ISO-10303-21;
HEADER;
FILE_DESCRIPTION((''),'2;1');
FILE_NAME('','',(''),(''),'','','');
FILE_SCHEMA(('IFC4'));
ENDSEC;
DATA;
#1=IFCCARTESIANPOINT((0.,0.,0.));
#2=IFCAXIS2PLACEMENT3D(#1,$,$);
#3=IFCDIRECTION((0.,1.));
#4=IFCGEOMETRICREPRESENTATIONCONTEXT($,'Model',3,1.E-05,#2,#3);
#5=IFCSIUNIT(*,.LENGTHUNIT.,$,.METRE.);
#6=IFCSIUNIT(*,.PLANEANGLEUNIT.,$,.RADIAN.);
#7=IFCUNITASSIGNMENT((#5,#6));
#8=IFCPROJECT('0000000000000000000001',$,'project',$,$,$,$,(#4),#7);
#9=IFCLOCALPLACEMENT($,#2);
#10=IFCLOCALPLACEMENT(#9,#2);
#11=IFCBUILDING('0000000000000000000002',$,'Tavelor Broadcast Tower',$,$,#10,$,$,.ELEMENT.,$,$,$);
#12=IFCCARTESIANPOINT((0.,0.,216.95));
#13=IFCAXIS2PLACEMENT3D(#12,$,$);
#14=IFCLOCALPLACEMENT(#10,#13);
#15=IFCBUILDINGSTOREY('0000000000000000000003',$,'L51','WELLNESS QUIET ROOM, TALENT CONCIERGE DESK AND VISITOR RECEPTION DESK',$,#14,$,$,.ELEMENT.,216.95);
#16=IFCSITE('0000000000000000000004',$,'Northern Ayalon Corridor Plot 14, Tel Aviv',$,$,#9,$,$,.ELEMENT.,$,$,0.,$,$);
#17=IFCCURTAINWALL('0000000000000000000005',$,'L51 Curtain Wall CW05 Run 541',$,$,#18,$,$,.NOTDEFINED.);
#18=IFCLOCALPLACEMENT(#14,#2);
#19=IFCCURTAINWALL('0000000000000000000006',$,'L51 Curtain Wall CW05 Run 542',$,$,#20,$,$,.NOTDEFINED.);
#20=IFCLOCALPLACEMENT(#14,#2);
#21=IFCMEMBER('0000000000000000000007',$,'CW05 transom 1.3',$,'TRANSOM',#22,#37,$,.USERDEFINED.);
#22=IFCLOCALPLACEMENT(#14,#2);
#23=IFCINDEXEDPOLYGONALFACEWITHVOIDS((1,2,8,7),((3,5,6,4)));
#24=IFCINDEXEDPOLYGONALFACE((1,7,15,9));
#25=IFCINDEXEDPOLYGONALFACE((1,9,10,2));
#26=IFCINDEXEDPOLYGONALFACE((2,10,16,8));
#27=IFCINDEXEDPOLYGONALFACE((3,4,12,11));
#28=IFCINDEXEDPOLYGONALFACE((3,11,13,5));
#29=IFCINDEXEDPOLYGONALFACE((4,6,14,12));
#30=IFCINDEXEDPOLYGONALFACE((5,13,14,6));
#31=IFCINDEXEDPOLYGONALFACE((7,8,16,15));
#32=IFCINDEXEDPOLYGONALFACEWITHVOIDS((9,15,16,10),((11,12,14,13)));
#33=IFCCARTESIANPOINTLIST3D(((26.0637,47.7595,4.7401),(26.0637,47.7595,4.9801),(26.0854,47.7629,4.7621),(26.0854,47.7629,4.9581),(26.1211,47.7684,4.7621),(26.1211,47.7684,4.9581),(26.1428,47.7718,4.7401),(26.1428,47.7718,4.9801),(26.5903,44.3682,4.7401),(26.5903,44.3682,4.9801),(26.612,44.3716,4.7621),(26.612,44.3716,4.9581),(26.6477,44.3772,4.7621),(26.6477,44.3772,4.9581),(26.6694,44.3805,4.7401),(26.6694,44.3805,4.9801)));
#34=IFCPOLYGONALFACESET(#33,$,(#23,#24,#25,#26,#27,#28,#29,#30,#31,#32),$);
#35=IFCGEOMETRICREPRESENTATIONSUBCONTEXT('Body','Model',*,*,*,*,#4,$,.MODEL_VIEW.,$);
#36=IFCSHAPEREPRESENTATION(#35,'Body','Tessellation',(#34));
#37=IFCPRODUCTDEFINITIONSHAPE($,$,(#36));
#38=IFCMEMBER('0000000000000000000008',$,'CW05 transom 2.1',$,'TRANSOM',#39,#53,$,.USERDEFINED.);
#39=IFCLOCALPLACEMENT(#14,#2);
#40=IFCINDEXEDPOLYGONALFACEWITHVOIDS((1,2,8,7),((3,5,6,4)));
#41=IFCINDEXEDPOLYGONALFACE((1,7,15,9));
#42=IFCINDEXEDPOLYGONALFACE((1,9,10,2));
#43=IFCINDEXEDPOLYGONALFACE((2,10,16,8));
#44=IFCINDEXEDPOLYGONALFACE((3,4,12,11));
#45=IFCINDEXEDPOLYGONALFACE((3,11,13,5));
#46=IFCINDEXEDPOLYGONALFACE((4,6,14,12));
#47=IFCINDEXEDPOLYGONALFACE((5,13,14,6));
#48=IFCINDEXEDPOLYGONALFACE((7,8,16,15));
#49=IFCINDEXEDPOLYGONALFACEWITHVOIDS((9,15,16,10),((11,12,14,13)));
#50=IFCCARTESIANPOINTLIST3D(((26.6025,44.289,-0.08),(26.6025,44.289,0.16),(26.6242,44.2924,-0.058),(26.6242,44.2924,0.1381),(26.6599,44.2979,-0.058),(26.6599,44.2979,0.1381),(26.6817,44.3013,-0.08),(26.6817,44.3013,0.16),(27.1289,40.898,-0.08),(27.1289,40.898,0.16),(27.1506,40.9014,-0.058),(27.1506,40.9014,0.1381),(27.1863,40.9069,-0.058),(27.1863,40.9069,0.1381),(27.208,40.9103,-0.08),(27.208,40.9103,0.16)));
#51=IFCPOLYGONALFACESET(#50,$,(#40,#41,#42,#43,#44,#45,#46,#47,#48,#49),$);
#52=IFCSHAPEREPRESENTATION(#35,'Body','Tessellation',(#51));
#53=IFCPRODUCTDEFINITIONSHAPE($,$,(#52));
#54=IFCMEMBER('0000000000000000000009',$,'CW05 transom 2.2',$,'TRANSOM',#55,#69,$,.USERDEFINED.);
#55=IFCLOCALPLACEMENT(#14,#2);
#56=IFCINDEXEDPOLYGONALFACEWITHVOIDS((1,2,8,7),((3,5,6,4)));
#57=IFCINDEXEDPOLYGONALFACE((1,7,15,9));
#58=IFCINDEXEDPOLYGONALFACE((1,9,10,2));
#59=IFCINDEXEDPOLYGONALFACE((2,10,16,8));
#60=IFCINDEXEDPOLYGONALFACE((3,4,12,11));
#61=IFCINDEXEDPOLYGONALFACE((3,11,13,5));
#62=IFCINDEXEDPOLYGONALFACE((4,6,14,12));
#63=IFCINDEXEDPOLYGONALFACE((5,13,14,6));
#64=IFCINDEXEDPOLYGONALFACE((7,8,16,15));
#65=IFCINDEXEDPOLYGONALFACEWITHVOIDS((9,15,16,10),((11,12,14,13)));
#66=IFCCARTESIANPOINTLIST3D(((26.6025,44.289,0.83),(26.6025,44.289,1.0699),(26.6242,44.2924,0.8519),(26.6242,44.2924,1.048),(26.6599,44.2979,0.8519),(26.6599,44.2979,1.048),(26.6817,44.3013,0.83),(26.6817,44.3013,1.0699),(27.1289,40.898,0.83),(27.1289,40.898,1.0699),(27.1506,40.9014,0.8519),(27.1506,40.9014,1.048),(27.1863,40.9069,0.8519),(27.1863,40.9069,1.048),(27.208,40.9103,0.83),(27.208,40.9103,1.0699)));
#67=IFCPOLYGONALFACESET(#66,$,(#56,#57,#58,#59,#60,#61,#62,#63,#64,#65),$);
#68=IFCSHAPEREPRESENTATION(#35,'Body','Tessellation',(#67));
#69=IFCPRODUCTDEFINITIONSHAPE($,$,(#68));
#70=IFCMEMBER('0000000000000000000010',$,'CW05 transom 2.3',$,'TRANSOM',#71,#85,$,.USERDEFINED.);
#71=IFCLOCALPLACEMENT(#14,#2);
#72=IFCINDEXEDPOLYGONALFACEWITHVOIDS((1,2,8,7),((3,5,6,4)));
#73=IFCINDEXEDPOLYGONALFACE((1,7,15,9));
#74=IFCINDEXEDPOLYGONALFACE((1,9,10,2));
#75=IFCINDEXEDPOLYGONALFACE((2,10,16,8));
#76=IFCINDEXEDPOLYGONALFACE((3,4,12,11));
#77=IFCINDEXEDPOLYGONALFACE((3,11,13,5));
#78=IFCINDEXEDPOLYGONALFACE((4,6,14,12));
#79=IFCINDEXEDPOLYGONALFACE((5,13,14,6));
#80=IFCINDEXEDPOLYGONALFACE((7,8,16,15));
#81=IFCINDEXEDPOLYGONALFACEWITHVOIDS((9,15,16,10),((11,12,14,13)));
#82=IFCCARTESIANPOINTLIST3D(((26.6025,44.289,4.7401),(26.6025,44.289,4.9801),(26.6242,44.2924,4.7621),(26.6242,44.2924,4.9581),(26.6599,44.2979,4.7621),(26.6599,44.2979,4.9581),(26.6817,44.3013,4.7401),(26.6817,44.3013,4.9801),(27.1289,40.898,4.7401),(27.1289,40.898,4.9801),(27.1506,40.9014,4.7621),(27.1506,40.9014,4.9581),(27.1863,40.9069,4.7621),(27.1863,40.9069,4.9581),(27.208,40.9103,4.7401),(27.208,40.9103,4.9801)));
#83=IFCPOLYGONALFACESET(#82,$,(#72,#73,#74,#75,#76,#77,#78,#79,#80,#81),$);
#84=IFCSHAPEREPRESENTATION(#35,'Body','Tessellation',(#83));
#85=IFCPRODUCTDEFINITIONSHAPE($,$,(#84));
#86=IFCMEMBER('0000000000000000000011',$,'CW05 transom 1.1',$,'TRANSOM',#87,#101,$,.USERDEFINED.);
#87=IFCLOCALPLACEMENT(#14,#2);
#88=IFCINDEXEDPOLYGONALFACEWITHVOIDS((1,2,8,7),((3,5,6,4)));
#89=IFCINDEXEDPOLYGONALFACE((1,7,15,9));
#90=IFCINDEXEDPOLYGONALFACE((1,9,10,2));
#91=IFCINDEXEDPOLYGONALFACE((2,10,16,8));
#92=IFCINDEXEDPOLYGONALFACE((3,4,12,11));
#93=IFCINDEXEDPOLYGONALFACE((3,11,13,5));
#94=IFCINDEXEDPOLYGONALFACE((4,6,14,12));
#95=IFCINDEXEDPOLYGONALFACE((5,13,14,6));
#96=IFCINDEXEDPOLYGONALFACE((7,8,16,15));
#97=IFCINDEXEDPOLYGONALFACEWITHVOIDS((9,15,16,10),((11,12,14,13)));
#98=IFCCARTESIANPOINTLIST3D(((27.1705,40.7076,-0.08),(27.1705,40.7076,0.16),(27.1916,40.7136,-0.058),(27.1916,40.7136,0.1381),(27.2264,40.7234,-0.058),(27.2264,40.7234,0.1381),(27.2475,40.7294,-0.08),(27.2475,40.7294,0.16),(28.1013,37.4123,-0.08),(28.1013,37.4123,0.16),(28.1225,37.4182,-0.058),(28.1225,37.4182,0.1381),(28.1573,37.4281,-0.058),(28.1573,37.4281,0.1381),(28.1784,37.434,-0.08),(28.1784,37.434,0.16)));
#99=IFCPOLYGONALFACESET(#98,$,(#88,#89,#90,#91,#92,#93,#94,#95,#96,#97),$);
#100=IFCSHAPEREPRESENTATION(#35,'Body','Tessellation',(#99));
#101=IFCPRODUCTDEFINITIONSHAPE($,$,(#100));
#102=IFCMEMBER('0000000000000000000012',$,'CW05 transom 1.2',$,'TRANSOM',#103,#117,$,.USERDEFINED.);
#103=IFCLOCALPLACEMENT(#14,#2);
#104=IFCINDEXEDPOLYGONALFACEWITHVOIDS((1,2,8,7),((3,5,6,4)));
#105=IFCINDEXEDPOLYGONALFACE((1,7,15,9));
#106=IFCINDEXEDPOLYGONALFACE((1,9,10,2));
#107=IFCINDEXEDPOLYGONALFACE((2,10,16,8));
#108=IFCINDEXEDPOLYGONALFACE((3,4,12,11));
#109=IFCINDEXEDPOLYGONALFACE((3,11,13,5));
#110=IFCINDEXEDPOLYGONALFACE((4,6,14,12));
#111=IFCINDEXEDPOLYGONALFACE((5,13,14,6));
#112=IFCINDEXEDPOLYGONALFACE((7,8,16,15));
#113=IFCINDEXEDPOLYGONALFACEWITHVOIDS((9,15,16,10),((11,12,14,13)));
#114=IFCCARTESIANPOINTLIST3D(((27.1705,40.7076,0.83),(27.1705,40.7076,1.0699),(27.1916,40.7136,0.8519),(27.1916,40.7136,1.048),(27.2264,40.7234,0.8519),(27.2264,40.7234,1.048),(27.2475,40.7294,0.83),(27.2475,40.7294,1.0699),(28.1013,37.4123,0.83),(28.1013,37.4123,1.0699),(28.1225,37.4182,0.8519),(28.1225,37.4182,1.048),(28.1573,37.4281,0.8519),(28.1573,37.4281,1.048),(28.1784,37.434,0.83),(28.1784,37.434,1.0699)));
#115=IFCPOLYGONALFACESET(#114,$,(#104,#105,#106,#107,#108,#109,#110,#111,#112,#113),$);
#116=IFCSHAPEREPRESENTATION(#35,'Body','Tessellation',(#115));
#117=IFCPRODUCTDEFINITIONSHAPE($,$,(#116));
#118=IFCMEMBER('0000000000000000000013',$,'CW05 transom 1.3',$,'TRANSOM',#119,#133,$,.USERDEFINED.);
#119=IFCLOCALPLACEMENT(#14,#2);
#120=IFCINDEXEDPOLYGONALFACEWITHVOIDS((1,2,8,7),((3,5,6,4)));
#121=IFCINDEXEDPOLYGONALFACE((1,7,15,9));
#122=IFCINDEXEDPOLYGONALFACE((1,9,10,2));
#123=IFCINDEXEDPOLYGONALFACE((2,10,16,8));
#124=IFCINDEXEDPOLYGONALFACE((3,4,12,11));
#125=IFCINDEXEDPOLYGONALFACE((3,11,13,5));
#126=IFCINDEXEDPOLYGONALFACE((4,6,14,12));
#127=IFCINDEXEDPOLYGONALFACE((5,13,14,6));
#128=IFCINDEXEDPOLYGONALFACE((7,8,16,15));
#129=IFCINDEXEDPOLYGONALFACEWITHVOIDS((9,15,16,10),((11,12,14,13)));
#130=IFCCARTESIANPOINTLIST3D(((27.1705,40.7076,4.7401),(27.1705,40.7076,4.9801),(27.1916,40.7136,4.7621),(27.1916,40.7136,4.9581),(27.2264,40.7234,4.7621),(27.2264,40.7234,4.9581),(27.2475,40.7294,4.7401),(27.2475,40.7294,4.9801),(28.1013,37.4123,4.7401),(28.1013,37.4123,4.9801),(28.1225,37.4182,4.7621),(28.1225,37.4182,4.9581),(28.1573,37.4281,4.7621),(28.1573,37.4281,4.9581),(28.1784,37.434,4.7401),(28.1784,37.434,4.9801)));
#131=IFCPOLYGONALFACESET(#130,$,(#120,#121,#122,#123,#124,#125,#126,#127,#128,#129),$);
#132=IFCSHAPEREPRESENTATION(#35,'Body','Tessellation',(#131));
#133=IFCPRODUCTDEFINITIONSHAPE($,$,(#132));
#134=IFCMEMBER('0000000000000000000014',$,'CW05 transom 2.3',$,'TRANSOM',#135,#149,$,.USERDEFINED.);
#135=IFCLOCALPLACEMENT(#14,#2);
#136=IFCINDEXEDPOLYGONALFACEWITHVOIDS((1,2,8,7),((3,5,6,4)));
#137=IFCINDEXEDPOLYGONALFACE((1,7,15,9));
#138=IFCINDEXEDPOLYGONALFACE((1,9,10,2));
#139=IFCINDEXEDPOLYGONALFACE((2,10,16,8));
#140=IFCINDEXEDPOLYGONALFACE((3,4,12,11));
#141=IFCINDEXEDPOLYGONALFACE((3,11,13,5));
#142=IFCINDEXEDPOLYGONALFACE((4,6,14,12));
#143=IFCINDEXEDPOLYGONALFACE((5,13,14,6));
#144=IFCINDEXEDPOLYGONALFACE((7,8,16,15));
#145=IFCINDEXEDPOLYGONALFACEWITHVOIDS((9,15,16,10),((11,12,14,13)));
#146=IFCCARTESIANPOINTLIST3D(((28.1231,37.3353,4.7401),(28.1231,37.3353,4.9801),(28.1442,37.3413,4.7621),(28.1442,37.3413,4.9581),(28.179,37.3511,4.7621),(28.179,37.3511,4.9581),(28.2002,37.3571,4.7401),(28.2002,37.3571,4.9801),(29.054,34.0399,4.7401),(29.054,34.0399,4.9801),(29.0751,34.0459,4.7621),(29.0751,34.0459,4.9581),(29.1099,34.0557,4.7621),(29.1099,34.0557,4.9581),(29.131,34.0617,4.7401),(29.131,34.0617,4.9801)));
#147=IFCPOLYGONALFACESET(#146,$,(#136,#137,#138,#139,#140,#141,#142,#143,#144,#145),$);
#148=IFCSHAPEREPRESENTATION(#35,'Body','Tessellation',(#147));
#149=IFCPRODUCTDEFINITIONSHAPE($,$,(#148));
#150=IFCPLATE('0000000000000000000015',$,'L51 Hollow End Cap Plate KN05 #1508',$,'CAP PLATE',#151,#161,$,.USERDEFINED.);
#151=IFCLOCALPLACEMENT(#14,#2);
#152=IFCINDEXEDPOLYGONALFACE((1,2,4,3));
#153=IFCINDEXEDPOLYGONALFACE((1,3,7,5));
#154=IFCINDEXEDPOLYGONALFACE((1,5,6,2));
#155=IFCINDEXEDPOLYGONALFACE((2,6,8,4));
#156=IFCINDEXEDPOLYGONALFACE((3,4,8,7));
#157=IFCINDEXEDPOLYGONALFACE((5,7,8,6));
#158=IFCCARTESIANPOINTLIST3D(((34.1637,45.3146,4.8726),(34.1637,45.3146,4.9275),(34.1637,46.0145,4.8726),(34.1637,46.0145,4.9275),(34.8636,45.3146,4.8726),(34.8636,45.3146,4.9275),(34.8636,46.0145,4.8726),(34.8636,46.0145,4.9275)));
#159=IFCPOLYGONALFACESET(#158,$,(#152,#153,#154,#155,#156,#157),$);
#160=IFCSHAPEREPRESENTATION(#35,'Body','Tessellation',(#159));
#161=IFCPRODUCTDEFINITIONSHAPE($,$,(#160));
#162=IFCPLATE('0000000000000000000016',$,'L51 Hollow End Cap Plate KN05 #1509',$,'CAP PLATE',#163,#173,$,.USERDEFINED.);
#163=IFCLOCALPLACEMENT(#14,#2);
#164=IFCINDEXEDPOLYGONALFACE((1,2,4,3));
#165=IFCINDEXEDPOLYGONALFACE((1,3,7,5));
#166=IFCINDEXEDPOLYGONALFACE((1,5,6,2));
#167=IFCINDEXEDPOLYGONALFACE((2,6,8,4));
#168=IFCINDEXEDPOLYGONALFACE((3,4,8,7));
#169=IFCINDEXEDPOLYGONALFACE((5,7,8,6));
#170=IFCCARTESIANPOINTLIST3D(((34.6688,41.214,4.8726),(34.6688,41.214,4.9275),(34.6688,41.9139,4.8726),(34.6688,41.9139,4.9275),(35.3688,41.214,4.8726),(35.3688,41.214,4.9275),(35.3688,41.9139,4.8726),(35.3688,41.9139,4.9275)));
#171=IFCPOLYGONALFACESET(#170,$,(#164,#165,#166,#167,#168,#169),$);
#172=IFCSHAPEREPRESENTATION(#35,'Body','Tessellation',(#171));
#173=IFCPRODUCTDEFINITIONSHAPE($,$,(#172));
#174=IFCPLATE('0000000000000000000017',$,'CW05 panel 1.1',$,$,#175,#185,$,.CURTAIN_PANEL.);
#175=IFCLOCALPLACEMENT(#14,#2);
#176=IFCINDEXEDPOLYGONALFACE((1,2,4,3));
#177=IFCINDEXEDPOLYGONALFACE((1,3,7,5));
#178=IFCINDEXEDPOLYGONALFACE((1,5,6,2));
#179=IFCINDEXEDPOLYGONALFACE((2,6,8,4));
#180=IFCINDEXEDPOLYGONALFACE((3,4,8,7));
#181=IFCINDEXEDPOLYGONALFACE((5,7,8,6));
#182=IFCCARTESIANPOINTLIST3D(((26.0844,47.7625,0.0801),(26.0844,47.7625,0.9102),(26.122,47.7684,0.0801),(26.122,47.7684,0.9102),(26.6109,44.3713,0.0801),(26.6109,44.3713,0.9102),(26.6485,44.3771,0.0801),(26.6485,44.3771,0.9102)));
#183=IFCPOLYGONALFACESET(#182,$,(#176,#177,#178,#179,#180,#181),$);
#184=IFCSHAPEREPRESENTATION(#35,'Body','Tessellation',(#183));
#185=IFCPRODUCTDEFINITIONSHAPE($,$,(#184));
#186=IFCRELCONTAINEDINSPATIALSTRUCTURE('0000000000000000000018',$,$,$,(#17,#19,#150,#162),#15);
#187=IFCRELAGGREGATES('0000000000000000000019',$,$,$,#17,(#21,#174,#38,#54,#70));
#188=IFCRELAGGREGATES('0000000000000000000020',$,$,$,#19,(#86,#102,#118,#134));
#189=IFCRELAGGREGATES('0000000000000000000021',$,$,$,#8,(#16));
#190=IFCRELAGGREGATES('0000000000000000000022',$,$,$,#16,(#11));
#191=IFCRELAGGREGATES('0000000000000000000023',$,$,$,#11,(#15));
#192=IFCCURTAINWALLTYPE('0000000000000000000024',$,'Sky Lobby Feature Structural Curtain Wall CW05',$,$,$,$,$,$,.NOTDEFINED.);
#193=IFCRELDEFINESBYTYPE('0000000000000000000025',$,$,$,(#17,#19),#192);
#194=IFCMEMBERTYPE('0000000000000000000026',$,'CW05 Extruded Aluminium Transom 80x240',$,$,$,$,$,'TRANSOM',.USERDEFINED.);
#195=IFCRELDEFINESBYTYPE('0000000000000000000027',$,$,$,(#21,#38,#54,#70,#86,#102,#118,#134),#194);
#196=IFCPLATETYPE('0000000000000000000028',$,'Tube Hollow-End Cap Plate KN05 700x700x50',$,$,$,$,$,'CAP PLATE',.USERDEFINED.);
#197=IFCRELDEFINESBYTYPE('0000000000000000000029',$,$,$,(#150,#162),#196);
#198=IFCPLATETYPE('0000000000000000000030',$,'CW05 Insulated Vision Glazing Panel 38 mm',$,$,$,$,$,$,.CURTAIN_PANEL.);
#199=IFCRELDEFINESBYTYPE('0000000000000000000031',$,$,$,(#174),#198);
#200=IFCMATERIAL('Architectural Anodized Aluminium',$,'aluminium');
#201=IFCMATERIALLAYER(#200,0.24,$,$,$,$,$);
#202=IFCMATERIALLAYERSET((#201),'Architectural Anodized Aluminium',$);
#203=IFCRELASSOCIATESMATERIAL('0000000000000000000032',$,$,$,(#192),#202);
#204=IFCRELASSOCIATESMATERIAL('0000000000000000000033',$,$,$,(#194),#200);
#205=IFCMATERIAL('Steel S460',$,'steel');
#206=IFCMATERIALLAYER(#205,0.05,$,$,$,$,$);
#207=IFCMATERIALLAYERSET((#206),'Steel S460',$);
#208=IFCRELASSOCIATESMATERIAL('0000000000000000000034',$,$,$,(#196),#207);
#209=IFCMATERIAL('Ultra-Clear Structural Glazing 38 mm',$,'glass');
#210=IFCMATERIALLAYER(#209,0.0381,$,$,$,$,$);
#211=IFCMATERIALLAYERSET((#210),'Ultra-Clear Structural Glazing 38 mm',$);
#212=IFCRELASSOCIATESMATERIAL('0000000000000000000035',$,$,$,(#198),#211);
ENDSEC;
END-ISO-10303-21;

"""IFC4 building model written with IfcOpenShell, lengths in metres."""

from ifc_helpers import new_model, si_unit, direction, frame, origin, origin_2d, place, context, subcontext, project, spatial, rectangle, hollow_rectangle, extrude, source, transform, mapped, material, layer, layer_set, material_profile, profile_set, type_object, type_shapes, element, aggregate, save


model = new_model("IFC4")

# Units and contexts
model_context = context("Model", 3, precision=1e-05, world=origin(), true_north=direction((0.0, 1.0)))
body_context = subcontext(model_context, "Body", "Model", "MODEL_VIEW")
ifc_project = project(units=[si_unit("LENGTHUNIT", "METRE"), si_unit("PLANEANGLEUNIT", "RADIAN")], contexts=[model_context])

# Site, building, storey
site_placement = place(None, origin())
site = spatial("IfcSite", under=ifc_project, at=site_placement, Name="Northern Ayalon Corridor Plot 14, Tel Aviv", CompositionType="ELEMENT", RefElevation=0.0)
building_placement = place(site_placement, origin())
building = spatial("IfcBuilding", under=site, at=building_placement, Name="Tavelor Broadcast Tower", CompositionType="ELEMENT")
storey_placement = place(building_placement, frame((0.0, 0.0, 216.95)))
storey = spatial("IfcBuildingStorey", under=building, at=storey_placement, Name="L51", Description="WELLNESS QUIET ROOM, TALENT CONCIERGE DESK AND VISITOR RECEPTION DESK", CompositionType="ELEMENT", Elevation=216.95)

# Shared definitions
ifc_material_1 = material(Name="Steel S460", Category="steel")

# Curtain walls
ifc_material_2 = material(Name="Architectural Anodized Aluminium", Category="aluminium")
ifc_layer_1 = layer(ifc_material_2, 0.24)
ifc_layer_set_1 = layer_set([ifc_layer_1], Name="Architectural Anodized Aluminium")
curtain_wall_type = type_object("IfcCurtainWallType", Name="Sky Lobby Feature Structural Curtain Wall CW05", PredefinedType="NOTDEFINED", material=ifc_layer_set_1)
curtain_wall_1_placement = place(storey_placement, origin())
curtain_wall_1 = element("IfcCurtainWall", 1, at=curtain_wall_1_placement, inside=storey, type_object=curtain_wall_type, Name="L51 Curtain Wall CW05 Run 541", PredefinedType="NOTDEFINED")
curtain_wall_2_placement = place(storey_placement, origin())
curtain_wall_2 = element("IfcCurtainWall", 2, at=curtain_wall_2_placement, inside=storey, type_object=curtain_wall_type, Name="L51 Curtain Wall CW05 Run 542", PredefinedType="NOTDEFINED")

# Members
ifc_material_profile_1 = material_profile(ifc_material_2, hollow_rectangle(XDim=0.0801, YDim=0.24, WallThickness=0.022, at=origin_2d()), Name="RHS 80x240x22")
ifc_profile_set_1 = profile_set([ifc_material_profile_1], Name="Architectural Anodized Aluminium")
member_type_1 = type_object("IfcMemberType", Name="CW05 Extruded Aluminium Transom 80x240", ElementType="TRANSOM", PredefinedType="USERDEFINED", material=ifc_profile_set_1)
shared_shape_1 = source(origin(), body_context, "Body", "SweptSolid", [
    extrude(hollow_rectangle(XDim=0.0801, YDim=0.24, WallThickness=0.022, at=origin_2d()), origin(), (0.0, 0.0, 1.0), 3.4319),
])
member_1_placement = place(storey_placement, frame((26.1033, 47.7656, 4.8601), z_axis=(0.153442, -0.988158, 0.0), x_axis=(0.988158, 0.153442, 0.0)))
member_1 = element("IfcMember", 3, at=member_1_placement, type_object=member_type_1, Name="CW05 transom 1.3", ObjectType="TRANSOM", PredefinedType="USERDEFINED", context=body_context, shape_type="MappedRepresentation", body=[
    mapped(shared_shape_1, transform((0.0, 0.0, 0.0), scale=1.0)),
])
shared_shape_2 = source(origin(), body_context, "Body", "SweptSolid", [
    extrude(hollow_rectangle(XDim=0.0801, YDim=0.24, WallThickness=0.022, at=origin_2d()), origin(), (0.0, 0.0, 1.0), 3.4316),
])
member_2_placement = place(storey_placement, frame((26.6421, 44.2952, 0.04), z_axis=(0.153383, -0.988167, 0.0), x_axis=(0.988167, 0.153383, 0.0)))
member_2 = element("IfcMember", 4, at=member_2_placement, type_object=member_type_1, Name="CW05 transom 2.1", ObjectType="TRANSOM", PredefinedType="USERDEFINED", context=body_context, shape_type="MappedRepresentation", body=[
    mapped(shared_shape_2, transform((0.0, 0.0, 0.0), scale=1.0)),
])
member_3_placement = place(storey_placement, frame((26.6421, 44.2952, 0.95), z_axis=(0.153383, -0.988167, 0.0), x_axis=(0.988167, 0.153383, 0.0)))
member_3 = element("IfcMember", 5, at=member_3_placement, type_object=member_type_1, Name="CW05 transom 2.2", ObjectType="TRANSOM", PredefinedType="USERDEFINED", context=body_context, shape_type="MappedRepresentation", body=[
    mapped(shared_shape_2, transform((0.0, 0.0, 0.0), scale=1.0)),
])
member_4_placement = place(storey_placement, frame((26.6421, 44.2952, 4.8601), z_axis=(0.153383, -0.988167, 0.0), x_axis=(0.988167, 0.153383, 0.0)))
member_4 = element("IfcMember", 6, at=member_4_placement, type_object=member_type_1, Name="CW05 transom 2.3", ObjectType="TRANSOM", PredefinedType="USERDEFINED", context=body_context, shape_type="MappedRepresentation", body=[
    mapped(shared_shape_2, transform((0.0, 0.0, 0.0), scale=1.0)),
])
shared_shape_3 = source(origin(), body_context, "Body", "SweptSolid", [
    extrude(hollow_rectangle(XDim=0.0801, YDim=0.24, WallThickness=0.022, at=origin_2d()), origin(), (0.0, 0.0, 1.0), 3.4243),
])
type_shapes(member_type_1, [shared_shape_1, shared_shape_2, shared_shape_3])
member_5_placement = place(storey_placement, frame((27.209, 40.7185, 0.04), z_axis=(0.271848, -0.96234, 0.0), x_axis=(0.96234, 0.271848, 0.0)))
member_5 = element("IfcMember", 7, at=member_5_placement, type_object=member_type_1, Name="CW05 transom 1.1", ObjectType="TRANSOM", PredefinedType="USERDEFINED", context=body_context, shape_type="MappedRepresentation", body=[
    mapped(shared_shape_3, transform((0.0, 0.0, 0.0), scale=1.0)),
])
member_6_placement = place(storey_placement, frame((27.209, 40.7185, 0.95), z_axis=(0.271848, -0.96234, 0.0), x_axis=(0.96234, 0.271848, 0.0)))
member_6 = element("IfcMember", 8, at=member_6_placement, type_object=member_type_1, Name="CW05 transom 1.2", ObjectType="TRANSOM", PredefinedType="USERDEFINED", context=body_context, shape_type="MappedRepresentation", body=[
    mapped(shared_shape_3, transform((0.0, 0.0, 0.0), scale=1.0)),
])
member_7_placement = place(storey_placement, frame((27.209, 40.7185, 4.8601), z_axis=(0.271848, -0.96234, 0.0), x_axis=(0.96234, 0.271848, 0.0)))
member_7 = element("IfcMember", 9, at=member_7_placement, type_object=member_type_1, Name="CW05 transom 1.3", ObjectType="TRANSOM", PredefinedType="USERDEFINED", context=body_context, shape_type="MappedRepresentation", body=[
    mapped(shared_shape_3, transform((0.0, 0.0, 0.0), scale=1.0)),
])
member_8_placement = place(storey_placement, frame((28.1616, 37.3462, 4.8601), z_axis=(0.271848, -0.96234, 0.0), x_axis=(0.96234, 0.271848, 0.0)))
member_8 = element("IfcMember", 10, at=member_8_placement, type_object=member_type_1, Name="CW05 transom 2.3", ObjectType="TRANSOM", PredefinedType="USERDEFINED", context=body_context, shape_type="MappedRepresentation", body=[
    mapped(shared_shape_3, transform((0.0, 0.0, 0.0), scale=1.0)),
])

# Plates
ifc_layer_2 = layer(ifc_material_1, 0.05)
ifc_layer_set_2 = layer_set([ifc_layer_2], Name="Steel S460")
plate_type_1 = type_object("IfcPlateType", Name="Tube Hollow-End Cap Plate KN05 700x700x50", ElementType="CAP PLATE", PredefinedType="USERDEFINED", material=ifc_layer_set_2)
shared_shape_4 = source(origin(), body_context, "Body", "SweptSolid", [
    extrude(rectangle(XDim=0.7, YDim=0.7, at=origin_2d()), origin(), (0.0, 0.0, 1.0), 0.0549),
])
type_shapes(plate_type_1, [shared_shape_4])
for number, where, z_axis, x_axis, name in (
    (11, (34.5137, 45.6646, 4.8726), (0.0, 0.0, 1.0), (1.0, 0.0, 0.0), "L51 Hollow End Cap Plate KN05 #1508"),
    (12, (35.0188, 41.564, 4.8726), (0.0, 0.0, 1.0), (1.0, 0.0, 0.0), "L51 Hollow End Cap Plate KN05 #1509"),
):
    element("IfcPlate", number, at=place(storey_placement, frame(where, z_axis=z_axis, x_axis=x_axis)), inside=storey, type_object=plate_type_1, Name=name, ObjectType="CAP PLATE", PredefinedType="USERDEFINED", context=body_context, shape_type="MappedRepresentation", body=[
        mapped(shared_shape_4, transform((0.0, 0.0, 0.0), scale=1.0)),
    ])

# Plate
ifc_material_3 = material(Name="Ultra-Clear Structural Glazing 38 mm", Category="glass")
ifc_layer_3 = layer(ifc_material_3, 0.0381)
ifc_layer_set_3 = layer_set([ifc_layer_3], Name="Ultra-Clear Structural Glazing 38 mm")
plate_type_2 = type_object("IfcPlateType", Name="CW05 Insulated Vision Glazing Panel 38 mm", PredefinedType="CURTAIN_PANEL", material=ifc_layer_set_3)
shared_shape_5 = source(origin(), body_context, "Body", "SweptSolid", [
    extrude(rectangle(XDim=3.4319, YDim=0.0381, at=origin_2d()), origin(), (0.0, 0.0, 1.0), 0.8301),
])
plate_1_placement = place(storey_placement, frame((26.3665, 46.0698, 0.0801), z_axis=(0.0, 0.0, 1.0), x_axis=(0.153411, -0.988162, 0.0)))
plate_1 = element("IfcPlate", 13, at=plate_1_placement, type_object=plate_type_2, Name="CW05 panel 1.1", PredefinedType="CURTAIN_PANEL", context=body_context, shape_type="MappedRepresentation", body=[
    mapped(shared_shape_5, transform((0.0, 0.0, 0.0), scale=1.0)),
])
aggregate(curtain_wall_1, [member_1, plate_1, member_2, member_3, member_4])
aggregate(curtain_wall_2, [member_5, member_6, member_7, member_8])

save(model, "model.ifc")
